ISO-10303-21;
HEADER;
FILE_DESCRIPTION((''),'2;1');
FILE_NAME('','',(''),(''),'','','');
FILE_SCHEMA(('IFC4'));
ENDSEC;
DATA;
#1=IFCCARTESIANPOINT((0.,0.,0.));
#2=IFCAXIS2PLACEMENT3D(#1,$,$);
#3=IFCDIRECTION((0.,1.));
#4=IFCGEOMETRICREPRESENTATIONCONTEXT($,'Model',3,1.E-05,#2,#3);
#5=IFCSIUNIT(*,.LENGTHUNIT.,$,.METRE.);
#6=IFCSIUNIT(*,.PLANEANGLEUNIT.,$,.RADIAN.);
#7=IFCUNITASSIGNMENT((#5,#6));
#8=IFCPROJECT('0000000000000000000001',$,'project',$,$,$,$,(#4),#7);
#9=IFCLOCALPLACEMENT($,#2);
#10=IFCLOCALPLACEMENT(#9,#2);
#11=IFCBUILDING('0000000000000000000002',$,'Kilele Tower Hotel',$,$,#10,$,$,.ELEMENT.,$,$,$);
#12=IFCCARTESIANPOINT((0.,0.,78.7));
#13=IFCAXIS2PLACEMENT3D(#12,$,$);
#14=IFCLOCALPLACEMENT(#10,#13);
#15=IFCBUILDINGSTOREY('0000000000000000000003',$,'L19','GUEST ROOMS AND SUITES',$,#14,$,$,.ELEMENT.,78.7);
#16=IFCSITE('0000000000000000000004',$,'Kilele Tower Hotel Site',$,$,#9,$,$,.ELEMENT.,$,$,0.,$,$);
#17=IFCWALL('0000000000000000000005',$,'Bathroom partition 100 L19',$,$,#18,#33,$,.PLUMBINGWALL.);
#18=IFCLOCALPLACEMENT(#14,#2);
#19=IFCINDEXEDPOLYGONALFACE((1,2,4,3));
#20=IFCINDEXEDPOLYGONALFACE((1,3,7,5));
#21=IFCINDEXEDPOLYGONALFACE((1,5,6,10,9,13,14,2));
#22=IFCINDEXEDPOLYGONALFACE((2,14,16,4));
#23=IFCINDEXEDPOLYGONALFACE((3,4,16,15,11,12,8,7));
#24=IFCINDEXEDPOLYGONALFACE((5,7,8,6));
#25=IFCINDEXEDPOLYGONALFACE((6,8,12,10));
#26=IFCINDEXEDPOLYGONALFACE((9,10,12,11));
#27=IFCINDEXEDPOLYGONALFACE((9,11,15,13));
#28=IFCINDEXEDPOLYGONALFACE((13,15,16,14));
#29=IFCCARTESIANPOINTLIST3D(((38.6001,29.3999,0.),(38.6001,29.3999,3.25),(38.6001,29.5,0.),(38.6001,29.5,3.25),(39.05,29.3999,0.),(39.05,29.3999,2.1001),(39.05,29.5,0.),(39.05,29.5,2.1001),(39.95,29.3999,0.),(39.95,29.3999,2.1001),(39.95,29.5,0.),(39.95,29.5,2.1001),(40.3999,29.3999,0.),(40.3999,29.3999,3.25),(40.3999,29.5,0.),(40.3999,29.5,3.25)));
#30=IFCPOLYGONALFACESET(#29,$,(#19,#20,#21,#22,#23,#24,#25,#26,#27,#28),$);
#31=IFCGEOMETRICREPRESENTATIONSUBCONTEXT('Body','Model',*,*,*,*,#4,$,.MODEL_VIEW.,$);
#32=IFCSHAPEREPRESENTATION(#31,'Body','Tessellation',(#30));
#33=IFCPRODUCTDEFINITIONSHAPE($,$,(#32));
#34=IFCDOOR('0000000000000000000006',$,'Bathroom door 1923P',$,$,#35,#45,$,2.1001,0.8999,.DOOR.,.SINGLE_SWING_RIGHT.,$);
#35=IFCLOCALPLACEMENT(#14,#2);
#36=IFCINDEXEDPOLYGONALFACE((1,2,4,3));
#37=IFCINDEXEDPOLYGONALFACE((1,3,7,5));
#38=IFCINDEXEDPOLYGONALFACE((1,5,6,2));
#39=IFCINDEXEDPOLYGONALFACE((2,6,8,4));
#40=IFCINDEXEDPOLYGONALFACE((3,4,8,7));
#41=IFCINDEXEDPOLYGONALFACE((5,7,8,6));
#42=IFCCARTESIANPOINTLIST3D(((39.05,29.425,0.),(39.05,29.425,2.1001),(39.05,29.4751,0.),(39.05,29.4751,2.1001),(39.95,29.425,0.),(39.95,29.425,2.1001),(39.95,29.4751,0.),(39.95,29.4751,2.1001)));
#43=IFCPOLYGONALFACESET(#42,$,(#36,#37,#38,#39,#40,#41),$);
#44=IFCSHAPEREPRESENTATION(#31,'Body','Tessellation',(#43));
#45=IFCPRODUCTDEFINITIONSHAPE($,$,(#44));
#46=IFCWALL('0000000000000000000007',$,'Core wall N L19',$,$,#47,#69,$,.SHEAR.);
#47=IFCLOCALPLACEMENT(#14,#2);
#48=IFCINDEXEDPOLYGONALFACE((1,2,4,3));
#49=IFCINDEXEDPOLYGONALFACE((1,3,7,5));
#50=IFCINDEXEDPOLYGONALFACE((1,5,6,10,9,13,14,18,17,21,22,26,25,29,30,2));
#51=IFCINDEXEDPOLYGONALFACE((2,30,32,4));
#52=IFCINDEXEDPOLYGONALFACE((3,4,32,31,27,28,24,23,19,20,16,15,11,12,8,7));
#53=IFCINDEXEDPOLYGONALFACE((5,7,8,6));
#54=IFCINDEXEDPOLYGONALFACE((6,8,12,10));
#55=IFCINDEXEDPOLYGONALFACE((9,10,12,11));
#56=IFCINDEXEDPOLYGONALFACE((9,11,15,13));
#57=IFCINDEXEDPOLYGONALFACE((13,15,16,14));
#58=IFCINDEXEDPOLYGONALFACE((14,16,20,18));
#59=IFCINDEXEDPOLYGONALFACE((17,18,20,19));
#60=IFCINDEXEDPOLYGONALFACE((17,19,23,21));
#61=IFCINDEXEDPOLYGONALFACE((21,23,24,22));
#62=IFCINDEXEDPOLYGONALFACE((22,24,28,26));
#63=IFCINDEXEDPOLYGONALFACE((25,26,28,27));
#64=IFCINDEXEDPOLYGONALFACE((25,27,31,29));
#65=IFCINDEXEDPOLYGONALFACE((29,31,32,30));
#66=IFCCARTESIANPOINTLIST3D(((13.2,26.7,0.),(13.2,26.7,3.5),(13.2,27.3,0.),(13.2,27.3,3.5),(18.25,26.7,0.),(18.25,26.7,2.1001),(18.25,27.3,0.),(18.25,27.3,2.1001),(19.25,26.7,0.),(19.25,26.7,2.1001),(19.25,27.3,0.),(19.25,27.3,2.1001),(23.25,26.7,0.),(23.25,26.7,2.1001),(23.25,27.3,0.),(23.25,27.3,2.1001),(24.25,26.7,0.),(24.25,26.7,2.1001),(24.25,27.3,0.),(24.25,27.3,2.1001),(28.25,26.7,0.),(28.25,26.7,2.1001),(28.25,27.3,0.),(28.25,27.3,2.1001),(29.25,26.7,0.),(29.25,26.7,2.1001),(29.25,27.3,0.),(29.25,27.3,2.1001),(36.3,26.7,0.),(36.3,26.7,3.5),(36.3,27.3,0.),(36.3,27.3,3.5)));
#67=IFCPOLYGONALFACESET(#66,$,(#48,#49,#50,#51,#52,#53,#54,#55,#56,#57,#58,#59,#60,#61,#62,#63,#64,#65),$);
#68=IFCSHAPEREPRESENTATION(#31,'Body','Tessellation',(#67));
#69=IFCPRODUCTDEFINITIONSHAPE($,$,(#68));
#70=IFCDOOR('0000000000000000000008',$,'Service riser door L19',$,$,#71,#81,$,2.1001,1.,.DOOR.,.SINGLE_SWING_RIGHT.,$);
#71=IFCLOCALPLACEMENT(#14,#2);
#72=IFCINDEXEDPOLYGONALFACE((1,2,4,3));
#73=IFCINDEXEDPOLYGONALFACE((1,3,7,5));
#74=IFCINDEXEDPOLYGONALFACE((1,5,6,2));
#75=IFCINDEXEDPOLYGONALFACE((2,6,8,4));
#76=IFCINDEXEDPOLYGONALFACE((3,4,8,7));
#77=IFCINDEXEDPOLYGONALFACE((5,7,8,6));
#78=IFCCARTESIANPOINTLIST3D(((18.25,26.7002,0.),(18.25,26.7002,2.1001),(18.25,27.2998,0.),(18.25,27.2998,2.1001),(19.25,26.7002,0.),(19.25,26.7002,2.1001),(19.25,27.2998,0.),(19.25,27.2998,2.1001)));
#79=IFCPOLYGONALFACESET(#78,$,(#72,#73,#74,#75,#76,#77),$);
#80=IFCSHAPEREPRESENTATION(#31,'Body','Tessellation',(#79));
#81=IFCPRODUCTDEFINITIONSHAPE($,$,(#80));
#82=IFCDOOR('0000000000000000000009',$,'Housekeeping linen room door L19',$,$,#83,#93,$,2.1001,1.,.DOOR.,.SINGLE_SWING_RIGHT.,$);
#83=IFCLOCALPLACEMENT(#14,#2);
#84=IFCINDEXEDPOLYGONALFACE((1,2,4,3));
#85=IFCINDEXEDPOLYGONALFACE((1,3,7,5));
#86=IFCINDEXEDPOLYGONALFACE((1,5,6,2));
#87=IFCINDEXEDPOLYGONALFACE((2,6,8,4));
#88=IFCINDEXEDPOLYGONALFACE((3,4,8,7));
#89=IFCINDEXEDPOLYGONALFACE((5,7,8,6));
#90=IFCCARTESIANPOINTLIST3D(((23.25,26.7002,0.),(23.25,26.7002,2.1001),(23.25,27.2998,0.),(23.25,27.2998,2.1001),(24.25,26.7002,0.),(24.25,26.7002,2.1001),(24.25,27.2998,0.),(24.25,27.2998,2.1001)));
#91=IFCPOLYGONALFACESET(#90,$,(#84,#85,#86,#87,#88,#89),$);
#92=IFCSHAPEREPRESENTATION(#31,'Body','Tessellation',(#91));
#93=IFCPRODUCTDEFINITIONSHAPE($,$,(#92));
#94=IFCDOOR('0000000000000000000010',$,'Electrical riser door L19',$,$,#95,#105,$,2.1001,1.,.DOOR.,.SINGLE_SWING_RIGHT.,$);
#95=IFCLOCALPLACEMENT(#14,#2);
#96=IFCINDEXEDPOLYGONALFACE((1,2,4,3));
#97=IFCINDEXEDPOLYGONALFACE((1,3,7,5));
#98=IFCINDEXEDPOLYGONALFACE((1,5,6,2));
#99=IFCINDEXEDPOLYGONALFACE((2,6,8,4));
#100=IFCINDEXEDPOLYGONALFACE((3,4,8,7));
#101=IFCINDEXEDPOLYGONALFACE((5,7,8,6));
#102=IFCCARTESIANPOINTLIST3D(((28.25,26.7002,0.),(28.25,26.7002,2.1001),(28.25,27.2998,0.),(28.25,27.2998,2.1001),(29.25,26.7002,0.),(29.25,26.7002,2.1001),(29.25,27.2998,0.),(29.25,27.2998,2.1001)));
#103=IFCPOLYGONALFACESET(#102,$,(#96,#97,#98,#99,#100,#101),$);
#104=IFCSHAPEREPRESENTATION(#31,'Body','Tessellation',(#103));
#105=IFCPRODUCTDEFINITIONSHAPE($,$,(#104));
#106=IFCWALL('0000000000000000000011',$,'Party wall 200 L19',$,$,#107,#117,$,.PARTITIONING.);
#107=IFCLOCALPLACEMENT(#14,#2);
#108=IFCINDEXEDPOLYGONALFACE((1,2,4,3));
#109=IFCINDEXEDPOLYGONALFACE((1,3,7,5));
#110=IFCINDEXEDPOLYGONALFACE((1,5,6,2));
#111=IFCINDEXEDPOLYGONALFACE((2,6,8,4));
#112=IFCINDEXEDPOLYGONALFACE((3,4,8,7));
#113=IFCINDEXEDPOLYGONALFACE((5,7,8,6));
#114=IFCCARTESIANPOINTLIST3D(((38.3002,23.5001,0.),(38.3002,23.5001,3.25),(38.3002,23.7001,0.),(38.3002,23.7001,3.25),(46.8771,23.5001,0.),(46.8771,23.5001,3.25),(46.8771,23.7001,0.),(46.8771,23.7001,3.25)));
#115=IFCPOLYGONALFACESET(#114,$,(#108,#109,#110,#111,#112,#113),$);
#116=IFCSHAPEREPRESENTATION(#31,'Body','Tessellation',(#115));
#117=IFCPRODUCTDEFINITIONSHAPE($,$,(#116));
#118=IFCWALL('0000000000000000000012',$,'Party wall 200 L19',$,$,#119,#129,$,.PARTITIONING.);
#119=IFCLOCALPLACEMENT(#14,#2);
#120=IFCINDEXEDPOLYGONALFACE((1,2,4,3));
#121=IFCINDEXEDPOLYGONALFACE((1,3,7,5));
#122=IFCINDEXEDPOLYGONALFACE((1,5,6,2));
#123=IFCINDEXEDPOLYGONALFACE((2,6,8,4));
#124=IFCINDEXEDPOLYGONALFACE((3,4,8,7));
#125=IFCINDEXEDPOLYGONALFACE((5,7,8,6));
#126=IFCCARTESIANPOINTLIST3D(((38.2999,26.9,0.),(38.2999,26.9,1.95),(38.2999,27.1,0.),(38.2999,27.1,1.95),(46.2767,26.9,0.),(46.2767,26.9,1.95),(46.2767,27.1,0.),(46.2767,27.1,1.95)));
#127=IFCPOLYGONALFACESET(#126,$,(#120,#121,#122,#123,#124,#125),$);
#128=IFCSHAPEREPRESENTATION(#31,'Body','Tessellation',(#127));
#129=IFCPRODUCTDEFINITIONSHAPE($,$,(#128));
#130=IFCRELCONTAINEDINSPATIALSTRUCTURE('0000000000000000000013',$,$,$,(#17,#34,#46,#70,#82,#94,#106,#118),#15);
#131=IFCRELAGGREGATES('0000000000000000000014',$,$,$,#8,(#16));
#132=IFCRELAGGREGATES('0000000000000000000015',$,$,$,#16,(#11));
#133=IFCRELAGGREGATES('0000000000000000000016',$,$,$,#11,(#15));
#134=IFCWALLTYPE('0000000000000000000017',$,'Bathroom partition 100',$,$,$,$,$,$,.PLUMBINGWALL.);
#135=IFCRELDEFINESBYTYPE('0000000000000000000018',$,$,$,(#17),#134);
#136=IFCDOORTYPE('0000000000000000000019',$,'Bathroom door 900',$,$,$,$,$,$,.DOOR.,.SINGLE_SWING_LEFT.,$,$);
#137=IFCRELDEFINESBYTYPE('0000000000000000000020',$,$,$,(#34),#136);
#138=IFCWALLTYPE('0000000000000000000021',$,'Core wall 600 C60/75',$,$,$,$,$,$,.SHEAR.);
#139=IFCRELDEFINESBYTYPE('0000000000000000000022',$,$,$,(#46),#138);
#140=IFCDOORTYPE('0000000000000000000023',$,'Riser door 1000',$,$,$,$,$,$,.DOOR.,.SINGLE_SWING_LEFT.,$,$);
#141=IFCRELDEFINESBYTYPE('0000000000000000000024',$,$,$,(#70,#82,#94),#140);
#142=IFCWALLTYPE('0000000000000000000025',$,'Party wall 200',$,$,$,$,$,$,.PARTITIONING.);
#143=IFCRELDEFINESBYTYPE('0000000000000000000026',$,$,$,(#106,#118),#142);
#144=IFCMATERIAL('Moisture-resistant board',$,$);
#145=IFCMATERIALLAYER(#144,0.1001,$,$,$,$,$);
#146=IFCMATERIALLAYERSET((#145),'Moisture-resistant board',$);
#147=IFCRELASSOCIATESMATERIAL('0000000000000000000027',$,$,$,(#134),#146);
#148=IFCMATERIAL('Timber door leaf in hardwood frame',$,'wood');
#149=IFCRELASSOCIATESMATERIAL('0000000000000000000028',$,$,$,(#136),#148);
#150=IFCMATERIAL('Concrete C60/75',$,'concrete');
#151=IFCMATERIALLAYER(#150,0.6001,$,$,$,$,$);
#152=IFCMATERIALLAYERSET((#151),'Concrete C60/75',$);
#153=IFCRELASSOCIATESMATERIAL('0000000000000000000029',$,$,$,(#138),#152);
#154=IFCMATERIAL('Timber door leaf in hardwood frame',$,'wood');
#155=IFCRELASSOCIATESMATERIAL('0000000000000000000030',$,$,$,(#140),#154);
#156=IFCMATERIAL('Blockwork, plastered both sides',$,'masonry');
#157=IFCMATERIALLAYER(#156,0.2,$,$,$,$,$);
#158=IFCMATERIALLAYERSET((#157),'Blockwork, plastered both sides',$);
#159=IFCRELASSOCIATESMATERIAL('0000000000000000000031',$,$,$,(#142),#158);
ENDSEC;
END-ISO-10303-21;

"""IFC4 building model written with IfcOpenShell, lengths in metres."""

from ifc_helpers import new_model, si_unit, direction, frame, frame_2d, origin, place, context, subcontext, project, spatial, rectangle, extrude, material, layer, layer_set, type_object, element, fill, save


model = new_model("IFC4")

# Units and contexts
model_context = context("Model", 3, precision=1e-05, world=origin(), true_north=direction((0.0, 1.0)))
body_context = subcontext(model_context, "Body", "Model", "MODEL_VIEW")
ifc_project = project(units=[si_unit("LENGTHUNIT", "METRE"), si_unit("PLANEANGLEUNIT", "RADIAN")], contexts=[model_context])

# Site, building, storey
site_placement = place(None, origin())
site = spatial("IfcSite", under=ifc_project, at=site_placement, Name="Kilele Tower Hotel Site", CompositionType="ELEMENT", RefElevation=0.0)
building_placement = place(site_placement, origin())
building = spatial("IfcBuilding", under=site, at=building_placement, Name="Kilele Tower Hotel", CompositionType="ELEMENT")
storey_placement = place(building_placement, frame((0.0, 0.0, 78.7)))
storey = spatial("IfcBuildingStorey", under=building, at=storey_placement, Name="L19", Description="GUEST ROOMS AND SUITES", CompositionType="ELEMENT", Elevation=78.7)

# Shared definitions
ifc_material_1 = material(Name="Moisture-resistant board")
ifc_layer_1 = layer(ifc_material_1, 0.1001)
ifc_layer_set_1 = layer_set([ifc_layer_1], Name="Moisture-resistant board")
wall_type_1 = type_object("IfcWallType", Name="Bathroom partition 100", PredefinedType="PLUMBINGWALL", material=ifc_layer_set_1)

# Shared definitions
ifc_material_2 = material(Name="Timber door leaf in hardwood frame", Category="wood")
door_type_1 = type_object("IfcDoorType", Name="Bathroom door 900", OperationType="SINGLE_SWING_LEFT", PredefinedType="DOOR", material=ifc_material_2)

# Wall, opening, door
wall_1_placement = place(storey_placement, frame((38.6001, 29.45, 0.0), z_axis=(0.0, 0.0, 1.0), x_axis=(1.0, 0.0, 0.0)))
wall_1 = element("IfcWall", 1, at=wall_1_placement, inside=storey, type_object=wall_type_1, Name="Bathroom partition 100 L19", PredefinedType="PLUMBINGWALL", context=body_context, shape_type="SweptSolid", body=[
    extrude(rectangle(XDim=1.7998, YDim=0.1001, at=frame_2d((0.8999, 0.0))), origin(), (0.0, 0.0, 1.0), 3.25),
])
opening_1_placement = place(wall_1_placement, frame((1.3499, 0.0, 0.0), z_axis=(0.0, 0.0, 1.0), x_axis=(-1.0, 0.0, 0.0)))
opening_1 = element("IfcOpeningElement", 2, at=opening_1_placement, cuts=wall_1, PredefinedType="OPENING", context=body_context, shape_type="SweptSolid", body=[
    extrude(rectangle(XDim=0.8999, YDim=2.1001, at=frame_2d((0.45, 1.05))), frame((0.0, 0.0601, 0.0), z_axis=(0.0, -1.0, 0.0), x_axis=(1.0, 0.0, 0.0)), (0.0, 0.0, 1.0), 0.1201),
])
door_1_placement = place(opening_1_placement, origin())
door_1 = element("IfcDoor", 3, at=door_1_placement, inside=storey, type_object=door_type_1, Name="Bathroom door 1923P", OperationType="SINGLE_SWING_RIGHT", OverallHeight=2.1001, OverallWidth=0.8999, PredefinedType="DOOR", context=body_context, shape_type="SweptSolid", body=[
    extrude(rectangle(XDim=0.8999, YDim=2.1001, at=frame_2d((0.45, 1.05))), frame((0.0, 0.0249, 0.0), z_axis=(0.0, -1.0, 0.0), x_axis=(1.0, 0.0, 0.0)), (0.0, 0.0, 1.0), 0.05),
])
fill(opening_1, door_1)

# Wall, openings, doors
ifc_material_3 = material(Name="Concrete C60/75", Category="concrete")
ifc_layer_2 = layer(ifc_material_3, 0.6001)
ifc_layer_set_2 = layer_set([ifc_layer_2], Name="Concrete C60/75")
wall_type_2 = type_object("IfcWallType", Name="Core wall 600 C60/75", PredefinedType="SHEAR", material=ifc_layer_set_2)
wall_2_placement = place(storey_placement, frame((36.3, 27.0, 0.0), z_axis=(0.0, 0.0, 1.0), x_axis=(-1.0, 0.0, 0.0)))
wall_2 = element("IfcWall", 4, at=wall_2_placement, inside=storey, type_object=wall_type_2, Name="Core wall N L19", PredefinedType="SHEAR", context=body_context, shape_type="SweptSolid", body=[
    extrude(rectangle(XDim=23.1001, YDim=0.6001, at=frame_2d((11.55, 0.0))), origin(), (0.0, 0.0, 1.0), 3.5),
])
opening_2_placement = place(wall_2_placement, frame((17.05, 0.0, 0.0)))
opening_2 = element("IfcOpeningElement", 5, at=opening_2_placement, cuts=wall_2, PredefinedType="OPENING", context=body_context, shape_type="SweptSolid", body=[
    extrude(rectangle(XDim=1.0, YDim=2.1001, at=frame_2d((0.5, 1.05))), frame((0.0, 0.3101, 0.0), z_axis=(0.0, -1.0, 0.0), x_axis=(1.0, 0.0, 0.0)), (0.0, 0.0, 1.0), 0.6201),
])
opening_3_placement = place(wall_2_placement, frame((12.05, 0.0, 0.0)))
opening_3 = element("IfcOpeningElement", 6, at=opening_3_placement, cuts=wall_2, PredefinedType="OPENING", context=body_context, shape_type="SweptSolid", body=[
    extrude(rectangle(XDim=1.0, YDim=2.1001, at=frame_2d((0.5, 1.05))), frame((0.0, 0.3101, 0.0), z_axis=(0.0, -1.0, 0.0), x_axis=(1.0, 0.0, 0.0)), (0.0, 0.0, 1.0), 0.6201),
])
opening_4_placement = place(wall_2_placement, frame((7.05, 0.0, 0.0)))
opening_4 = element("IfcOpeningElement", 7, at=opening_4_placement, cuts=wall_2, PredefinedType="OPENING", context=body_context, shape_type="SweptSolid", body=[
    extrude(rectangle(XDim=1.0, YDim=2.1001, at=frame_2d((0.5, 1.05))), frame((0.0, 0.3101, 0.0), z_axis=(0.0, -1.0, 0.0), x_axis=(1.0, 0.0, 0.0)), (0.0, 0.0, 1.0), 0.6201),
])
ifc_material_4 = material(Name="Timber door leaf in hardwood frame", Category="wood")
door_type_2 = type_object("IfcDoorType", Name="Riser door 1000", OperationType="SINGLE_SWING_LEFT", PredefinedType="DOOR", material=ifc_material_4)
door_2_placement = place(opening_2_placement, origin())
door_2 = element("IfcDoor", 8, at=door_2_placement, inside=storey, type_object=door_type_2, Name="Service riser door L19", OperationType="SINGLE_SWING_RIGHT", OverallHeight=2.1001, OverallWidth=1.0, PredefinedType="DOOR", context=body_context, shape_type="SweptSolid", body=[
    extrude(rectangle(XDim=1.0, YDim=2.1001, at=frame_2d((0.5, 1.05))), frame((0.0, 0.2998, 0.0), z_axis=(0.0, -1.0, 0.0), x_axis=(1.0, 0.0, 0.0)), (0.0, 0.0, 1.0), 0.5996),
])
fill(opening_2, door_2)
door_3_placement = place(opening_3_placement, origin())
door_3 = element("IfcDoor", 9, at=door_3_placement, inside=storey, type_object=door_type_2, Name="Housekeeping linen room door L19", OperationType="SINGLE_SWING_RIGHT", OverallHeight=2.1001, OverallWidth=1.0, PredefinedType="DOOR", context=body_context, shape_type="SweptSolid", body=[
    extrude(rectangle(XDim=1.0, YDim=2.1001, at=frame_2d((0.5, 1.05))), frame((0.0, 0.2998, 0.0), z_axis=(0.0, -1.0, 0.0), x_axis=(1.0, 0.0, 0.0)), (0.0, 0.0, 1.0), 0.5996),
])
fill(opening_3, door_3)
door_4_placement = place(opening_4_placement, origin())
door_4 = element("IfcDoor", 10, at=door_4_placement, inside=storey, type_object=door_type_2, Name="Electrical riser door L19", OperationType="SINGLE_SWING_RIGHT", OverallHeight=2.1001, OverallWidth=1.0, PredefinedType="DOOR", context=body_context, shape_type="SweptSolid", body=[
    extrude(rectangle(XDim=1.0, YDim=2.1001, at=frame_2d((0.5, 1.05))), frame((0.0, 0.2998, 0.0), z_axis=(0.0, -1.0, 0.0), x_axis=(1.0, 0.0, 0.0)), (0.0, 0.0, 1.0), 0.5996),
])
fill(opening_4, door_4)

# Walls
ifc_material_5 = material(Name="Blockwork, plastered both sides", Category="masonry")
ifc_layer_3 = layer(ifc_material_5, 0.2)
ifc_layer_set_3 = layer_set([ifc_layer_3], Name="Blockwork, plastered both sides")
wall_type_3 = type_object("IfcWallType", Name="Party wall 200", PredefinedType="PARTITIONING", material=ifc_layer_set_3)
wall_3_placement = place(storey_placement, frame((38.3, 23.6001, 0.0), z_axis=(0.0, 0.0, 1.0), x_axis=(1.0, 0.0, 0.0)))
element("IfcWall", 11, at=wall_3_placement, inside=storey, type_object=wall_type_3, Name="Party wall 200 L19", PredefinedType="PARTITIONING", context=body_context, shape_type="SweptSolid", body=[
    extrude(rectangle(XDim=8.5769, YDim=0.2, at=frame_2d((4.2886, 0.0))), origin(), (0.0, 0.0, 1.0), 3.25),
])
wall_4_placement = place(storey_placement, frame((38.3, 27.0, 0.0), z_axis=(0.0, 0.0, 1.0), x_axis=(1.0, 0.0, 0.0)))
element("IfcWall", 12, at=wall_4_placement, inside=storey, type_object=wall_type_3, Name="Party wall 200 L19", PredefinedType="PARTITIONING", context=body_context, shape_type="SweptSolid", body=[
    extrude(rectangle(XDim=7.9768, YDim=0.2, at=frame_2d((3.9883, 0.0))), origin(), (0.0, 0.0, 1.0), 1.95),
])

save(model, "model.ifc")
